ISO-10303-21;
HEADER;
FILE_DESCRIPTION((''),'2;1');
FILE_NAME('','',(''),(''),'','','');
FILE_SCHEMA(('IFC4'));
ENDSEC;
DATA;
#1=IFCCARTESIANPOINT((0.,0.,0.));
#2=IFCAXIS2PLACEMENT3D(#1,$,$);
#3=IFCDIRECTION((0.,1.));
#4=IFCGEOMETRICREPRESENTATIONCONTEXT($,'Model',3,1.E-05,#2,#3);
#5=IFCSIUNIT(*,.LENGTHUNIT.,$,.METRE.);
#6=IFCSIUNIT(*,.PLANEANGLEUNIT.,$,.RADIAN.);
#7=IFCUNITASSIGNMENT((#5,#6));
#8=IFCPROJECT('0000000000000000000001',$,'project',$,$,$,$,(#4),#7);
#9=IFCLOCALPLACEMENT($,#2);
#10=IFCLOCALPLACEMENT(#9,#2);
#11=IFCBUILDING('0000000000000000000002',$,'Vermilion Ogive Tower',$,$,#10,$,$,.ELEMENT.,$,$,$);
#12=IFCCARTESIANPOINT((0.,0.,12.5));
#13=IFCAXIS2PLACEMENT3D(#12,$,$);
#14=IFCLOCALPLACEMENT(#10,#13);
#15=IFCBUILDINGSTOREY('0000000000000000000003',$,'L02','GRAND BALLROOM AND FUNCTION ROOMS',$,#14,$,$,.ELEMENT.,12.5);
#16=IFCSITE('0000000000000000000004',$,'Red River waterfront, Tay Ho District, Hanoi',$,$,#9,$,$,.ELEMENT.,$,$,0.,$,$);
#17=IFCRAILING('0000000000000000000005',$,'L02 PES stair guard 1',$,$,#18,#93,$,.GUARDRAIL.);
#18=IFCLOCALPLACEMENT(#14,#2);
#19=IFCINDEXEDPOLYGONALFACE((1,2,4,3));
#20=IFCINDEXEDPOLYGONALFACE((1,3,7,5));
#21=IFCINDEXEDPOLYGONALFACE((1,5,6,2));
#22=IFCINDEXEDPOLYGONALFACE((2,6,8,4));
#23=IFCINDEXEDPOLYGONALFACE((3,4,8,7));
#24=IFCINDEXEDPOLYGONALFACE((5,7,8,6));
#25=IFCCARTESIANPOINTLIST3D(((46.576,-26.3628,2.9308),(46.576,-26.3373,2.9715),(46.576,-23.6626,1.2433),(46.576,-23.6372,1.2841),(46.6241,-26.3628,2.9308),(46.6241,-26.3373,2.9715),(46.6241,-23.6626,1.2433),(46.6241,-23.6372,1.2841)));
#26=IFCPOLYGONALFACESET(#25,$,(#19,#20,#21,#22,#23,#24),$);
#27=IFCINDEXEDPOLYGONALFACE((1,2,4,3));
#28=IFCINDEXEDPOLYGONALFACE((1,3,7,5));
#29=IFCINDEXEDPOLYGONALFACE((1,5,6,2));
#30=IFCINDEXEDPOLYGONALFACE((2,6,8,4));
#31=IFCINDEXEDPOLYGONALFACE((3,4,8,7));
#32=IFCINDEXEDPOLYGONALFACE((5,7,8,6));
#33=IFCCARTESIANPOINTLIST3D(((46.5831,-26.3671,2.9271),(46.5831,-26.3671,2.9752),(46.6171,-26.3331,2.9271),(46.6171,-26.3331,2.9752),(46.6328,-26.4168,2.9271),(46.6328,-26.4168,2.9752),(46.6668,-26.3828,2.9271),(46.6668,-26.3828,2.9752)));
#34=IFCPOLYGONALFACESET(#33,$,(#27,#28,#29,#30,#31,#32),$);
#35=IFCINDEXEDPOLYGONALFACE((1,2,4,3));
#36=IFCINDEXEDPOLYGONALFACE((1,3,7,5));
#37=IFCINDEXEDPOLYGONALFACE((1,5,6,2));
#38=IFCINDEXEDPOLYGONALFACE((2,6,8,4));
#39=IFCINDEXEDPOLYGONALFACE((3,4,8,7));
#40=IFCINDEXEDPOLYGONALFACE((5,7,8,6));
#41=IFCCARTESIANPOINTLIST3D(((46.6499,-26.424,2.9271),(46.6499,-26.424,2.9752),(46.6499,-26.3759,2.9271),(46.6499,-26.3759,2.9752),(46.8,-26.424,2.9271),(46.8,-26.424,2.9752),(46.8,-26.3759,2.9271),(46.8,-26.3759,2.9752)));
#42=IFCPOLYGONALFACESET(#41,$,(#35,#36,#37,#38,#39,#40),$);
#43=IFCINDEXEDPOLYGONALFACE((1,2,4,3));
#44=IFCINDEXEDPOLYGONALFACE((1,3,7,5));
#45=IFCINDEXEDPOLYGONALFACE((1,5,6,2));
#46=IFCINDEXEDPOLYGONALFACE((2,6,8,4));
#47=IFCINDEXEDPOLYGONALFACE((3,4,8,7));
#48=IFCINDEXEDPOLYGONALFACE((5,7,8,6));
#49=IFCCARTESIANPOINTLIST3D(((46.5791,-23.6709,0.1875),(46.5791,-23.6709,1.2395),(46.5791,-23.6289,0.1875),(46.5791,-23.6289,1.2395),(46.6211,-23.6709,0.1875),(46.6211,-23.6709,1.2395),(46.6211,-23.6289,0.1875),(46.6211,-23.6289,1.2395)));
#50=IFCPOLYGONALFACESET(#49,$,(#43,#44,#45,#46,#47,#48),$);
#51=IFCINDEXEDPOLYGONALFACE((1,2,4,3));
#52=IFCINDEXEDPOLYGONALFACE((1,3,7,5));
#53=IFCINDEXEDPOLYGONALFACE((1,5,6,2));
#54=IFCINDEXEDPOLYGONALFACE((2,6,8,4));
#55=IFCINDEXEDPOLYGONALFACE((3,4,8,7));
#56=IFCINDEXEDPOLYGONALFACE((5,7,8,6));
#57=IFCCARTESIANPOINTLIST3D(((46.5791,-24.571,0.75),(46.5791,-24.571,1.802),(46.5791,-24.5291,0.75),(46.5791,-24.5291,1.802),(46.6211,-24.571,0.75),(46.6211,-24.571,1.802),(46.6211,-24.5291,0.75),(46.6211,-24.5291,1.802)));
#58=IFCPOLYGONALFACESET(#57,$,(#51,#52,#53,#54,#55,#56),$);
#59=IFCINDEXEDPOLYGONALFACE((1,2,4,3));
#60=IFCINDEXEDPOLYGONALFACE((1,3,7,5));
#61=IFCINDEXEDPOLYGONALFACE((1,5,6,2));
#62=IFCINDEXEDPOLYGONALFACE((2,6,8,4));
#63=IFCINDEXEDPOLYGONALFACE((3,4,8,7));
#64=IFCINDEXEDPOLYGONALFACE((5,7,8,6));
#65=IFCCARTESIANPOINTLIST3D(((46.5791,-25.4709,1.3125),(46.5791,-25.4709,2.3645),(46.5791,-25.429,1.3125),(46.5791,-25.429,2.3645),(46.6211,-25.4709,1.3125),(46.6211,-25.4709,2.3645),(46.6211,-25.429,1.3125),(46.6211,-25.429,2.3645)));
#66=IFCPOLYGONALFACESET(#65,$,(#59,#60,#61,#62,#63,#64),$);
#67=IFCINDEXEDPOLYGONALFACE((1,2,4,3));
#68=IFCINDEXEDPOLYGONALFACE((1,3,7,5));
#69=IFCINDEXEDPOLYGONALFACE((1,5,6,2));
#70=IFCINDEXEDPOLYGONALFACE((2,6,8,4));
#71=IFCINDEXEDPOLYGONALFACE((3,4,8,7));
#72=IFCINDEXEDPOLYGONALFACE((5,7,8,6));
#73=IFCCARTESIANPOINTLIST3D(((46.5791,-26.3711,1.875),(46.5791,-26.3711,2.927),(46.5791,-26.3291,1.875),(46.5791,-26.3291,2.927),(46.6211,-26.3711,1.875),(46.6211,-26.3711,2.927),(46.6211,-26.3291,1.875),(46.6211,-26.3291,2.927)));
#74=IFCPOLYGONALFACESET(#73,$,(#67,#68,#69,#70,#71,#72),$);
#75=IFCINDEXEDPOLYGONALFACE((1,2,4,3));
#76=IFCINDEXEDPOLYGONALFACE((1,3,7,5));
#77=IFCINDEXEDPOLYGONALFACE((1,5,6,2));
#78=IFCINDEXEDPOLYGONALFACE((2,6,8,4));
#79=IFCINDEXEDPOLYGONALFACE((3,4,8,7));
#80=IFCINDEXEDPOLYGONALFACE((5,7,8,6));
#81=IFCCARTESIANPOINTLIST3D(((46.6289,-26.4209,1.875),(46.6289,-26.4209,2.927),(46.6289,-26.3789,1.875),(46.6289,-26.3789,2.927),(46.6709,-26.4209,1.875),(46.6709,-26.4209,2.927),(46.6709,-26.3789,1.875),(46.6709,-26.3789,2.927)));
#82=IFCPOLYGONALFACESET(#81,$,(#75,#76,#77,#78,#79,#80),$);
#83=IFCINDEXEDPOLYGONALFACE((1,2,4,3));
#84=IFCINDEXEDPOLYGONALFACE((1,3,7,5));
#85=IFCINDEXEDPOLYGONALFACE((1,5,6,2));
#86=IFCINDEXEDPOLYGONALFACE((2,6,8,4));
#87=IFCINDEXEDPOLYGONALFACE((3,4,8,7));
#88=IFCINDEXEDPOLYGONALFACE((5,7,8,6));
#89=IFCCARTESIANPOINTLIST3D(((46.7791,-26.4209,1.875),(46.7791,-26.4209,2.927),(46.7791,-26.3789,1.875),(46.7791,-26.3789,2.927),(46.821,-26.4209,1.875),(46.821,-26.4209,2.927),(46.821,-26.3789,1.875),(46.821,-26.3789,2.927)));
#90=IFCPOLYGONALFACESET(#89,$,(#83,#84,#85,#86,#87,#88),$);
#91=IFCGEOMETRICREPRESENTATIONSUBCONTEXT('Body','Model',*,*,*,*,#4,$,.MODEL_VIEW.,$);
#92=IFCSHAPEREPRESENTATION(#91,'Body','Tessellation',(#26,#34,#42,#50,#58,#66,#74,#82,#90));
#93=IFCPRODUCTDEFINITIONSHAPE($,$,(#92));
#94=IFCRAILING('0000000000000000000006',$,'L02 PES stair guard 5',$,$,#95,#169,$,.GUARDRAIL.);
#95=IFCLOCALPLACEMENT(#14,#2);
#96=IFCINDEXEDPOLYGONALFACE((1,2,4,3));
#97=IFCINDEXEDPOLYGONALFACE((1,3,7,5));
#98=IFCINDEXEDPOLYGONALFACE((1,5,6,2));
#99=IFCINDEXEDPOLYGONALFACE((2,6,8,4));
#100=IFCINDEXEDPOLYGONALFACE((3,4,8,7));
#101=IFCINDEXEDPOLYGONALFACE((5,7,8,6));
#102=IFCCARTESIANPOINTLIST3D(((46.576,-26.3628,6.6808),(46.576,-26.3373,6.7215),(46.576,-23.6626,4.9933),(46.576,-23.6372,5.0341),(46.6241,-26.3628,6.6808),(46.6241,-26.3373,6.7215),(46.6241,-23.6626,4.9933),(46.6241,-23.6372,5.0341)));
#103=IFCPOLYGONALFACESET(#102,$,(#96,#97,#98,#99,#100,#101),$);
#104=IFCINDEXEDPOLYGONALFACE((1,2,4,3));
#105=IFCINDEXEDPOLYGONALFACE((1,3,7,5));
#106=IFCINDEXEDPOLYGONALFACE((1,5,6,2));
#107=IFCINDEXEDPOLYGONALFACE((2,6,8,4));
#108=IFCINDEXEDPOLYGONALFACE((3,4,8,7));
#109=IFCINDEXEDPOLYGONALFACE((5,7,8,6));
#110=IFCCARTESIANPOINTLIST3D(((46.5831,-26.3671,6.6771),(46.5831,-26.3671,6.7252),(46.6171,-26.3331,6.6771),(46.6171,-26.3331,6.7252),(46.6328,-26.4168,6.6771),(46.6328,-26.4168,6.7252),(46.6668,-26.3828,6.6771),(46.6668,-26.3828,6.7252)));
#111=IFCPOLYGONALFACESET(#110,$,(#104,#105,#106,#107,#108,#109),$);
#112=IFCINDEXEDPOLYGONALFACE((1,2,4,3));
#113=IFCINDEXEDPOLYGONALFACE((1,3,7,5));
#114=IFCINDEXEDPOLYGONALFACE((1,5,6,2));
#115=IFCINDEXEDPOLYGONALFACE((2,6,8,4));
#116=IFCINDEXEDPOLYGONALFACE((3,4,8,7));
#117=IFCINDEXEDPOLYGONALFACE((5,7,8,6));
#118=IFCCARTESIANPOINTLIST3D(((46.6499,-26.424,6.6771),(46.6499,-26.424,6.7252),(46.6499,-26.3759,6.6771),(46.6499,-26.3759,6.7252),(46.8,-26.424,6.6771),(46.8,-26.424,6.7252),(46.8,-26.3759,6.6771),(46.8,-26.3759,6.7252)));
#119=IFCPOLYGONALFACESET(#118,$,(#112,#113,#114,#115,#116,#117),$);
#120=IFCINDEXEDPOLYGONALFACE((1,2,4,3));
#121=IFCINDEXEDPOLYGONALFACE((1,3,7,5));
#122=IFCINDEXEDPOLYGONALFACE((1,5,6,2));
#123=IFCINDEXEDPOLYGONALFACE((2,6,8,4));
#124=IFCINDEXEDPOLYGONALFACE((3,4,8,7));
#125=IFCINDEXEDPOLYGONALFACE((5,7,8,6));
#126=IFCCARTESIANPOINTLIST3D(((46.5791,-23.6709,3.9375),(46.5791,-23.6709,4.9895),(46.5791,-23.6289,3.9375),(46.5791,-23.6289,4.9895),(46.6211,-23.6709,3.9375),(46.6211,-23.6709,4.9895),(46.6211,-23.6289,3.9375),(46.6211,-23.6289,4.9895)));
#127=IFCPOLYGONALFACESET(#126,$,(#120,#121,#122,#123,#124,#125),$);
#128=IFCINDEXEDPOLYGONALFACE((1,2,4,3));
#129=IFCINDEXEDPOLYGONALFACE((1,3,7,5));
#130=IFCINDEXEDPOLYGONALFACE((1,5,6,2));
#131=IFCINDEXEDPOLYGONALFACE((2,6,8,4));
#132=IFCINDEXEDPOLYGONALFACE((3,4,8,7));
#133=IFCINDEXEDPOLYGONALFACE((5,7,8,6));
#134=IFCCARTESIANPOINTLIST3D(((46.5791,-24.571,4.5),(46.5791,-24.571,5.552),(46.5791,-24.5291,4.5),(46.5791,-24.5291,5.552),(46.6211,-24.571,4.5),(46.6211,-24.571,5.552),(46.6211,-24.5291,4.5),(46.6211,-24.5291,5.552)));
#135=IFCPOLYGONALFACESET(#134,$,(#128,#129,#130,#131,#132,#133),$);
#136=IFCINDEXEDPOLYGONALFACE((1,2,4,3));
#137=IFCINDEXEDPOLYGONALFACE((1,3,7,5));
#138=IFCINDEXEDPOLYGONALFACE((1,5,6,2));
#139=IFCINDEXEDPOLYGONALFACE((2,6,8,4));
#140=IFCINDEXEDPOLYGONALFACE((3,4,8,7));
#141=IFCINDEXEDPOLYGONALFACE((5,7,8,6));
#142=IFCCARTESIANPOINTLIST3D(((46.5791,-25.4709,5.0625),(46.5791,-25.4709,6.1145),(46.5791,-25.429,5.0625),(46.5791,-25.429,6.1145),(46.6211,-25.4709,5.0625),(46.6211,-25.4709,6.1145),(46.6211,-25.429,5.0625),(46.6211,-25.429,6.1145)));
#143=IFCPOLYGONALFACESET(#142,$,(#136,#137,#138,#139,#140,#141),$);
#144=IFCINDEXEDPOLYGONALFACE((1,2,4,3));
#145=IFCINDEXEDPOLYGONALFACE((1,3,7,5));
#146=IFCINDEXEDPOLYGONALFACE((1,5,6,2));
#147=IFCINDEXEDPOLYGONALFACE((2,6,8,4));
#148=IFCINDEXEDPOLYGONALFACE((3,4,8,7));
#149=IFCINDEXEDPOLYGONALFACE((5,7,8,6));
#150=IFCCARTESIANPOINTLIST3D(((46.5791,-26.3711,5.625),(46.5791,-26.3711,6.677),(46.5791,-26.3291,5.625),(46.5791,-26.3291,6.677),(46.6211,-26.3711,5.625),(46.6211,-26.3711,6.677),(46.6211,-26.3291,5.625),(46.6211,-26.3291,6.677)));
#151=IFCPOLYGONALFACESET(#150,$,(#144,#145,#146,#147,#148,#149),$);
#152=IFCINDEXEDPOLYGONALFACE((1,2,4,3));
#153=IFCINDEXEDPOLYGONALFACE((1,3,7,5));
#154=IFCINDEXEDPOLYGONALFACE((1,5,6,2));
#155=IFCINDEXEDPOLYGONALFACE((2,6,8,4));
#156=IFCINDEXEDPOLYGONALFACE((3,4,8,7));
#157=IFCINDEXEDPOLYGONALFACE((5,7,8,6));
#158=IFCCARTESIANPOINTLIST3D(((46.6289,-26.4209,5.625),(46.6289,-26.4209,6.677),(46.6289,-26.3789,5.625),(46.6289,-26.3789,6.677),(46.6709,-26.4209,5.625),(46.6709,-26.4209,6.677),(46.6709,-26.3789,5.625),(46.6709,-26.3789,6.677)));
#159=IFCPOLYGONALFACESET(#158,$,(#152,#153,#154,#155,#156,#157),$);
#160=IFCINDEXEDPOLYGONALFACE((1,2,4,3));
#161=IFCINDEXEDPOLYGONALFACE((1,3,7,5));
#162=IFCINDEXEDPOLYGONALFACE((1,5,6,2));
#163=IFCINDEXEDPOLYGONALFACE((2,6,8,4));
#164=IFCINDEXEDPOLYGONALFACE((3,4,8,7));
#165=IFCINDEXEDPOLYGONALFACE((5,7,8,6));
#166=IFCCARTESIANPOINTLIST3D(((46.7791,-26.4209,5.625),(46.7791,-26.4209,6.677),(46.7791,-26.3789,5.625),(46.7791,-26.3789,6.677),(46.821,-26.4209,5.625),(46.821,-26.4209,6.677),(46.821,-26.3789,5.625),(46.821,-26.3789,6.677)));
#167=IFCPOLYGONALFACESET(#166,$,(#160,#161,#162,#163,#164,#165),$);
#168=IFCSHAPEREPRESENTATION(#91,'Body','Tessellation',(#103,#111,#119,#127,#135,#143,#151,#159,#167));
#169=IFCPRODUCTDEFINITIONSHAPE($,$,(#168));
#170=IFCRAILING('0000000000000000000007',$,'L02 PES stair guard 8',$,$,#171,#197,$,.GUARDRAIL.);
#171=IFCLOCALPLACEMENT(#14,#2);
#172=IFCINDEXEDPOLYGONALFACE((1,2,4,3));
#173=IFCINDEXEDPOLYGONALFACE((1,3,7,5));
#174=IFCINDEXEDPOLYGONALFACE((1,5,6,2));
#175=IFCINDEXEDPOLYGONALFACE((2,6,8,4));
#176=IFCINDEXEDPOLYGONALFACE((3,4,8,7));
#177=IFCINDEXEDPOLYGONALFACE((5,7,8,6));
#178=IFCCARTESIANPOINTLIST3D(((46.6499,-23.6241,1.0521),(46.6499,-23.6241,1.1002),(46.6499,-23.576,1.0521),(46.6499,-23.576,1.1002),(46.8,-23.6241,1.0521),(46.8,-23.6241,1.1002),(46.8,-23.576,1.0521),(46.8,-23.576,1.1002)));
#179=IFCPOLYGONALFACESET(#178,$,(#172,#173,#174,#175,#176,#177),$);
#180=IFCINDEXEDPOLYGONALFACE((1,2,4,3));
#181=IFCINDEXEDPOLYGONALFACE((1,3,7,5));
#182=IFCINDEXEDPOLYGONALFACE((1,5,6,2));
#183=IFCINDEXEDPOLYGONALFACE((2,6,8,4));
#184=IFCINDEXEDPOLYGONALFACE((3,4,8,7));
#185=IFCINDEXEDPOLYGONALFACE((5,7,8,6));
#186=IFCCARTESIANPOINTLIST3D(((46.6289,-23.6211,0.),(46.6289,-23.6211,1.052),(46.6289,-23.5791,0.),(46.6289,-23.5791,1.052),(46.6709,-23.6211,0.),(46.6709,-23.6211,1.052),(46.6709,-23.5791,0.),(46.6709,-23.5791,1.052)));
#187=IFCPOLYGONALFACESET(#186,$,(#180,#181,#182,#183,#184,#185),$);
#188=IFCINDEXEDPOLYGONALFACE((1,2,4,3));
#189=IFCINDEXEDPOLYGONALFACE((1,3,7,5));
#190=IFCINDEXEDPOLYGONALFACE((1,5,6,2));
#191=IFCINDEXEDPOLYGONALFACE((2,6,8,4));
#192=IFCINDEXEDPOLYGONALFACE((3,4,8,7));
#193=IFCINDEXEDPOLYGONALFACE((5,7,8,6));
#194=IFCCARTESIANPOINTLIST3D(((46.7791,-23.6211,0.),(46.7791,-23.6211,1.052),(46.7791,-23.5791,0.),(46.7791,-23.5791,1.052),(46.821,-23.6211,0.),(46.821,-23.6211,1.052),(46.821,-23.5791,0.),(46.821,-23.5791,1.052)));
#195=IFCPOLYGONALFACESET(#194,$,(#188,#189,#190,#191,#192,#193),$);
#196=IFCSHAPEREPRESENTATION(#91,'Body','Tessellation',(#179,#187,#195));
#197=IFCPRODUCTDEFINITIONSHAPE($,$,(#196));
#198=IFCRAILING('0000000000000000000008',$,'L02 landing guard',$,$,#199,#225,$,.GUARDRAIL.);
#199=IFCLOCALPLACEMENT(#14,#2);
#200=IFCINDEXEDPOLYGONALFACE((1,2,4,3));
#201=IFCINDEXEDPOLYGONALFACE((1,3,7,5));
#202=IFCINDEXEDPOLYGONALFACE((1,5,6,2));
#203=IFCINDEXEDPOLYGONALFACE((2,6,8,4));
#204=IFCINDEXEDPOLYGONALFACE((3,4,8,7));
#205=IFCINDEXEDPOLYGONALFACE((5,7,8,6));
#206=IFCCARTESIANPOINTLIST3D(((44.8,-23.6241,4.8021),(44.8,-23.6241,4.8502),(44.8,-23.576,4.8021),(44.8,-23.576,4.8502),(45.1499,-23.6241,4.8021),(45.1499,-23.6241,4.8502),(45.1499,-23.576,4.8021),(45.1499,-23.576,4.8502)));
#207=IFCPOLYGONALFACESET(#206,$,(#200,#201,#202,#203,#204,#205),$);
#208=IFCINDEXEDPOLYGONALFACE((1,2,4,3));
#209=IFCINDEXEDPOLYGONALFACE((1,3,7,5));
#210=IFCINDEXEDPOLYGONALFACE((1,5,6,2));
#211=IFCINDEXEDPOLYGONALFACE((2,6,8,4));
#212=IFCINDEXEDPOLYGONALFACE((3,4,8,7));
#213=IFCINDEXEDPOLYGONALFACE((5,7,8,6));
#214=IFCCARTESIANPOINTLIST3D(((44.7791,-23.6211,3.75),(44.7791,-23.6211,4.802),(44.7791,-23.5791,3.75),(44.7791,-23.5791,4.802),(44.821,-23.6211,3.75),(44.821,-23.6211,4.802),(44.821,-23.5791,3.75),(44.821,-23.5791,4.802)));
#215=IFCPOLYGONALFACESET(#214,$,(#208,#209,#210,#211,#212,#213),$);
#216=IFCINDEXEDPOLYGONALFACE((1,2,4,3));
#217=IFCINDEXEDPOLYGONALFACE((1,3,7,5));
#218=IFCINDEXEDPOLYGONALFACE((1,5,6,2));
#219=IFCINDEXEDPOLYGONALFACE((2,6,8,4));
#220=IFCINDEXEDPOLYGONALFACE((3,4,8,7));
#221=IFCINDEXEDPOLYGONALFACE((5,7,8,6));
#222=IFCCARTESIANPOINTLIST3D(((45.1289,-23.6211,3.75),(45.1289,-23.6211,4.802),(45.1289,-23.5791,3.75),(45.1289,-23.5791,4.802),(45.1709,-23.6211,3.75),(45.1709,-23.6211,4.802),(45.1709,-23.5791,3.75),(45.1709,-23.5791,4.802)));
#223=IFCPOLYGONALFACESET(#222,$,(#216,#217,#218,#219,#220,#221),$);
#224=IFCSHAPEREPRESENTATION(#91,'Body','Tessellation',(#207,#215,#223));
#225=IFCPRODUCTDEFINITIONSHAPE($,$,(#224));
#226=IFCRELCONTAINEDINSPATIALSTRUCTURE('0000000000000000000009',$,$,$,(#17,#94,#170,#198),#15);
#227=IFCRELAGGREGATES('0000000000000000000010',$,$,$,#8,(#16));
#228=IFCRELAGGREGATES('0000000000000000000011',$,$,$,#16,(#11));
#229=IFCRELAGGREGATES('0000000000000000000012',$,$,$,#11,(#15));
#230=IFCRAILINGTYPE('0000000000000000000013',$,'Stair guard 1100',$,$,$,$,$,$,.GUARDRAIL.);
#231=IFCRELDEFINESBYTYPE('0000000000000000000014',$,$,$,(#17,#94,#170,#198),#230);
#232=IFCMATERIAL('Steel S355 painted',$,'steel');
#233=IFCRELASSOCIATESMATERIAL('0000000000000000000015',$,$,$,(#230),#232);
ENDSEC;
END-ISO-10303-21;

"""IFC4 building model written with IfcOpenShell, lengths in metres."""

from ifc_helpers import new_model, si_unit, direction, frame, origin, origin_2d, place, context, subcontext, project, spatial, rectangle, extrude, material, type_object, element, save


model = new_model("IFC4")

# Units and contexts
model_context = context("Model", 3, precision=1e-05, world=origin(), true_north=direction((0.0, 1.0)))
body_context = subcontext(model_context, "Body", "Model", "MODEL_VIEW")
ifc_project = project(units=[si_unit("LENGTHUNIT", "METRE"), si_unit("PLANEANGLEUNIT", "RADIAN")], contexts=[model_context])

# Site, building, storey
site_placement = place(None, origin())
site = spatial("IfcSite", under=ifc_project, at=site_placement, Name="Red River waterfront, Tay Ho District, Hanoi", CompositionType="ELEMENT", RefElevation=0.0)
building_placement = place(site_placement, origin())
building = spatial("IfcBuilding", under=site, at=building_placement, Name="Vermilion Ogive Tower", CompositionType="ELEMENT")
storey_placement = place(building_placement, frame((0.0, 0.0, 12.5)))
storey = spatial("IfcBuildingStorey", under=building, at=storey_placement, Name="L02", Description="GRAND BALLROOM AND FUNCTION ROOMS", CompositionType="ELEMENT", Elevation=12.5)

# Railings
ifc_material_1 = material(Name="Steel S355 painted", Category="steel")
railing_type_1 = type_object("IfcRailingType", Name="Stair guard 1100", PredefinedType="GUARDRAIL", material=ifc_material_1)
for number, where, name in (
    (1, (46.6001, -23.6499, 0.1875), "L02 PES stair guard 1"),
    (2, (46.6001, -23.6499, 3.9375), "L02 PES stair guard 5"),
):
    element("IfcRailing", number, at=place(storey_placement, frame(where)), inside=storey, type_object=railing_type_1, Name=name, PredefinedType="GUARDRAIL", context=body_context, shape_type="SweptSolid", body=[
        extrude(rectangle(XDim=0.0481, YDim=0.0481, at=origin_2d()), frame((0.0, 0.0, 1.0762), z_axis=(0.0, -0.848016, 0.529971), x_axis=(1.0, 0.0, 0.0)), (0.0, 0.0, 1.0), 3.1841),
        extrude(rectangle(XDim=0.0481, YDim=0.0481, at=origin_2d()), frame((0.0, -2.7002, 2.7637), z_axis=(0.707107, -0.707107, 0.0), x_axis=(0.707107, 0.707107, 0.0)), (0.0, 0.0, 1.0), 0.0703),
        extrude(rectangle(XDim=0.0481, YDim=0.0481, at=origin_2d()), frame((0.0498, -2.75, 2.7637), z_axis=(1.0, 0.0, 0.0), x_axis=(0.0, 1.0, 0.0)), (0.0, 0.0, 1.0), 0.1501),
        extrude(rectangle(XDim=0.042, YDim=0.042, at=origin_2d()), origin(), (0.0, 0.0, 1.0), 1.052),
        extrude(rectangle(XDim=0.042, YDim=0.042, at=origin_2d()), frame((0.0, -0.9001, 0.5625)), (0.0, 0.0, 1.0), 1.052),
        extrude(rectangle(XDim=0.042, YDim=0.042, at=origin_2d()), frame((0.0, -1.8, 1.125)), (0.0, 0.0, 1.0), 1.052),
        extrude(rectangle(XDim=0.042, YDim=0.042, at=origin_2d()), frame((0.0, -2.7002, 1.6875)), (0.0, 0.0, 1.0), 1.052),
        extrude(rectangle(XDim=0.042, YDim=0.042, at=origin_2d()), frame((0.0498, -2.75, 1.6875)), (0.0, 0.0, 1.0), 1.052),
        extrude(rectangle(XDim=0.042, YDim=0.042, at=origin_2d()), frame((0.2, -2.75, 1.6875)), (0.0, 0.0, 1.0), 1.052),
    ])
railing_1_placement = place(storey_placement, frame((46.6499, -23.6001, 0.0)))
element("IfcRailing", 3, at=railing_1_placement, inside=storey, type_object=railing_type_1, Name="L02 PES stair guard 8", PredefinedType="GUARDRAIL", context=body_context, shape_type="SweptSolid", body=[
    extrude(rectangle(XDim=0.0481, YDim=0.0481, at=origin_2d()), frame((0.0, 0.0, 1.0762), z_axis=(1.0, 0.0, 0.0), x_axis=(0.0, 1.0, 0.0)), (0.0, 0.0, 1.0), 0.1501),
    extrude(rectangle(XDim=0.042, YDim=0.042, at=origin_2d()), origin(), (0.0, 0.0, 1.0), 1.052),
    extrude(rectangle(XDim=0.042, YDim=0.042, at=origin_2d()), frame((0.1501, 0.0, 0.0)), (0.0, 0.0, 1.0), 1.052),
])
railing_2_placement = place(storey_placement, frame((44.8, -23.6001, 3.75)))
element("IfcRailing", 4, at=railing_2_placement, inside=storey, type_object=railing_type_1, Name="L02 landing guard", PredefinedType="GUARDRAIL", context=body_context, shape_type="SweptSolid", body=[
    extrude(rectangle(XDim=0.0481, YDim=0.0481, at=origin_2d()), frame((0.0, 0.0, 1.0762), z_axis=(1.0, 0.0, 0.0), x_axis=(0.0, 1.0, 0.0)), (0.0, 0.0, 1.0), 0.3499),
    extrude(rectangle(XDim=0.042, YDim=0.042, at=origin_2d()), origin(), (0.0, 0.0, 1.0), 1.052),
    extrude(rectangle(XDim=0.042, YDim=0.042, at=origin_2d()), frame((0.3499, 0.0, 0.0)), (0.0, 0.0, 1.0), 1.052),
])

save(model, "model.ifc")
